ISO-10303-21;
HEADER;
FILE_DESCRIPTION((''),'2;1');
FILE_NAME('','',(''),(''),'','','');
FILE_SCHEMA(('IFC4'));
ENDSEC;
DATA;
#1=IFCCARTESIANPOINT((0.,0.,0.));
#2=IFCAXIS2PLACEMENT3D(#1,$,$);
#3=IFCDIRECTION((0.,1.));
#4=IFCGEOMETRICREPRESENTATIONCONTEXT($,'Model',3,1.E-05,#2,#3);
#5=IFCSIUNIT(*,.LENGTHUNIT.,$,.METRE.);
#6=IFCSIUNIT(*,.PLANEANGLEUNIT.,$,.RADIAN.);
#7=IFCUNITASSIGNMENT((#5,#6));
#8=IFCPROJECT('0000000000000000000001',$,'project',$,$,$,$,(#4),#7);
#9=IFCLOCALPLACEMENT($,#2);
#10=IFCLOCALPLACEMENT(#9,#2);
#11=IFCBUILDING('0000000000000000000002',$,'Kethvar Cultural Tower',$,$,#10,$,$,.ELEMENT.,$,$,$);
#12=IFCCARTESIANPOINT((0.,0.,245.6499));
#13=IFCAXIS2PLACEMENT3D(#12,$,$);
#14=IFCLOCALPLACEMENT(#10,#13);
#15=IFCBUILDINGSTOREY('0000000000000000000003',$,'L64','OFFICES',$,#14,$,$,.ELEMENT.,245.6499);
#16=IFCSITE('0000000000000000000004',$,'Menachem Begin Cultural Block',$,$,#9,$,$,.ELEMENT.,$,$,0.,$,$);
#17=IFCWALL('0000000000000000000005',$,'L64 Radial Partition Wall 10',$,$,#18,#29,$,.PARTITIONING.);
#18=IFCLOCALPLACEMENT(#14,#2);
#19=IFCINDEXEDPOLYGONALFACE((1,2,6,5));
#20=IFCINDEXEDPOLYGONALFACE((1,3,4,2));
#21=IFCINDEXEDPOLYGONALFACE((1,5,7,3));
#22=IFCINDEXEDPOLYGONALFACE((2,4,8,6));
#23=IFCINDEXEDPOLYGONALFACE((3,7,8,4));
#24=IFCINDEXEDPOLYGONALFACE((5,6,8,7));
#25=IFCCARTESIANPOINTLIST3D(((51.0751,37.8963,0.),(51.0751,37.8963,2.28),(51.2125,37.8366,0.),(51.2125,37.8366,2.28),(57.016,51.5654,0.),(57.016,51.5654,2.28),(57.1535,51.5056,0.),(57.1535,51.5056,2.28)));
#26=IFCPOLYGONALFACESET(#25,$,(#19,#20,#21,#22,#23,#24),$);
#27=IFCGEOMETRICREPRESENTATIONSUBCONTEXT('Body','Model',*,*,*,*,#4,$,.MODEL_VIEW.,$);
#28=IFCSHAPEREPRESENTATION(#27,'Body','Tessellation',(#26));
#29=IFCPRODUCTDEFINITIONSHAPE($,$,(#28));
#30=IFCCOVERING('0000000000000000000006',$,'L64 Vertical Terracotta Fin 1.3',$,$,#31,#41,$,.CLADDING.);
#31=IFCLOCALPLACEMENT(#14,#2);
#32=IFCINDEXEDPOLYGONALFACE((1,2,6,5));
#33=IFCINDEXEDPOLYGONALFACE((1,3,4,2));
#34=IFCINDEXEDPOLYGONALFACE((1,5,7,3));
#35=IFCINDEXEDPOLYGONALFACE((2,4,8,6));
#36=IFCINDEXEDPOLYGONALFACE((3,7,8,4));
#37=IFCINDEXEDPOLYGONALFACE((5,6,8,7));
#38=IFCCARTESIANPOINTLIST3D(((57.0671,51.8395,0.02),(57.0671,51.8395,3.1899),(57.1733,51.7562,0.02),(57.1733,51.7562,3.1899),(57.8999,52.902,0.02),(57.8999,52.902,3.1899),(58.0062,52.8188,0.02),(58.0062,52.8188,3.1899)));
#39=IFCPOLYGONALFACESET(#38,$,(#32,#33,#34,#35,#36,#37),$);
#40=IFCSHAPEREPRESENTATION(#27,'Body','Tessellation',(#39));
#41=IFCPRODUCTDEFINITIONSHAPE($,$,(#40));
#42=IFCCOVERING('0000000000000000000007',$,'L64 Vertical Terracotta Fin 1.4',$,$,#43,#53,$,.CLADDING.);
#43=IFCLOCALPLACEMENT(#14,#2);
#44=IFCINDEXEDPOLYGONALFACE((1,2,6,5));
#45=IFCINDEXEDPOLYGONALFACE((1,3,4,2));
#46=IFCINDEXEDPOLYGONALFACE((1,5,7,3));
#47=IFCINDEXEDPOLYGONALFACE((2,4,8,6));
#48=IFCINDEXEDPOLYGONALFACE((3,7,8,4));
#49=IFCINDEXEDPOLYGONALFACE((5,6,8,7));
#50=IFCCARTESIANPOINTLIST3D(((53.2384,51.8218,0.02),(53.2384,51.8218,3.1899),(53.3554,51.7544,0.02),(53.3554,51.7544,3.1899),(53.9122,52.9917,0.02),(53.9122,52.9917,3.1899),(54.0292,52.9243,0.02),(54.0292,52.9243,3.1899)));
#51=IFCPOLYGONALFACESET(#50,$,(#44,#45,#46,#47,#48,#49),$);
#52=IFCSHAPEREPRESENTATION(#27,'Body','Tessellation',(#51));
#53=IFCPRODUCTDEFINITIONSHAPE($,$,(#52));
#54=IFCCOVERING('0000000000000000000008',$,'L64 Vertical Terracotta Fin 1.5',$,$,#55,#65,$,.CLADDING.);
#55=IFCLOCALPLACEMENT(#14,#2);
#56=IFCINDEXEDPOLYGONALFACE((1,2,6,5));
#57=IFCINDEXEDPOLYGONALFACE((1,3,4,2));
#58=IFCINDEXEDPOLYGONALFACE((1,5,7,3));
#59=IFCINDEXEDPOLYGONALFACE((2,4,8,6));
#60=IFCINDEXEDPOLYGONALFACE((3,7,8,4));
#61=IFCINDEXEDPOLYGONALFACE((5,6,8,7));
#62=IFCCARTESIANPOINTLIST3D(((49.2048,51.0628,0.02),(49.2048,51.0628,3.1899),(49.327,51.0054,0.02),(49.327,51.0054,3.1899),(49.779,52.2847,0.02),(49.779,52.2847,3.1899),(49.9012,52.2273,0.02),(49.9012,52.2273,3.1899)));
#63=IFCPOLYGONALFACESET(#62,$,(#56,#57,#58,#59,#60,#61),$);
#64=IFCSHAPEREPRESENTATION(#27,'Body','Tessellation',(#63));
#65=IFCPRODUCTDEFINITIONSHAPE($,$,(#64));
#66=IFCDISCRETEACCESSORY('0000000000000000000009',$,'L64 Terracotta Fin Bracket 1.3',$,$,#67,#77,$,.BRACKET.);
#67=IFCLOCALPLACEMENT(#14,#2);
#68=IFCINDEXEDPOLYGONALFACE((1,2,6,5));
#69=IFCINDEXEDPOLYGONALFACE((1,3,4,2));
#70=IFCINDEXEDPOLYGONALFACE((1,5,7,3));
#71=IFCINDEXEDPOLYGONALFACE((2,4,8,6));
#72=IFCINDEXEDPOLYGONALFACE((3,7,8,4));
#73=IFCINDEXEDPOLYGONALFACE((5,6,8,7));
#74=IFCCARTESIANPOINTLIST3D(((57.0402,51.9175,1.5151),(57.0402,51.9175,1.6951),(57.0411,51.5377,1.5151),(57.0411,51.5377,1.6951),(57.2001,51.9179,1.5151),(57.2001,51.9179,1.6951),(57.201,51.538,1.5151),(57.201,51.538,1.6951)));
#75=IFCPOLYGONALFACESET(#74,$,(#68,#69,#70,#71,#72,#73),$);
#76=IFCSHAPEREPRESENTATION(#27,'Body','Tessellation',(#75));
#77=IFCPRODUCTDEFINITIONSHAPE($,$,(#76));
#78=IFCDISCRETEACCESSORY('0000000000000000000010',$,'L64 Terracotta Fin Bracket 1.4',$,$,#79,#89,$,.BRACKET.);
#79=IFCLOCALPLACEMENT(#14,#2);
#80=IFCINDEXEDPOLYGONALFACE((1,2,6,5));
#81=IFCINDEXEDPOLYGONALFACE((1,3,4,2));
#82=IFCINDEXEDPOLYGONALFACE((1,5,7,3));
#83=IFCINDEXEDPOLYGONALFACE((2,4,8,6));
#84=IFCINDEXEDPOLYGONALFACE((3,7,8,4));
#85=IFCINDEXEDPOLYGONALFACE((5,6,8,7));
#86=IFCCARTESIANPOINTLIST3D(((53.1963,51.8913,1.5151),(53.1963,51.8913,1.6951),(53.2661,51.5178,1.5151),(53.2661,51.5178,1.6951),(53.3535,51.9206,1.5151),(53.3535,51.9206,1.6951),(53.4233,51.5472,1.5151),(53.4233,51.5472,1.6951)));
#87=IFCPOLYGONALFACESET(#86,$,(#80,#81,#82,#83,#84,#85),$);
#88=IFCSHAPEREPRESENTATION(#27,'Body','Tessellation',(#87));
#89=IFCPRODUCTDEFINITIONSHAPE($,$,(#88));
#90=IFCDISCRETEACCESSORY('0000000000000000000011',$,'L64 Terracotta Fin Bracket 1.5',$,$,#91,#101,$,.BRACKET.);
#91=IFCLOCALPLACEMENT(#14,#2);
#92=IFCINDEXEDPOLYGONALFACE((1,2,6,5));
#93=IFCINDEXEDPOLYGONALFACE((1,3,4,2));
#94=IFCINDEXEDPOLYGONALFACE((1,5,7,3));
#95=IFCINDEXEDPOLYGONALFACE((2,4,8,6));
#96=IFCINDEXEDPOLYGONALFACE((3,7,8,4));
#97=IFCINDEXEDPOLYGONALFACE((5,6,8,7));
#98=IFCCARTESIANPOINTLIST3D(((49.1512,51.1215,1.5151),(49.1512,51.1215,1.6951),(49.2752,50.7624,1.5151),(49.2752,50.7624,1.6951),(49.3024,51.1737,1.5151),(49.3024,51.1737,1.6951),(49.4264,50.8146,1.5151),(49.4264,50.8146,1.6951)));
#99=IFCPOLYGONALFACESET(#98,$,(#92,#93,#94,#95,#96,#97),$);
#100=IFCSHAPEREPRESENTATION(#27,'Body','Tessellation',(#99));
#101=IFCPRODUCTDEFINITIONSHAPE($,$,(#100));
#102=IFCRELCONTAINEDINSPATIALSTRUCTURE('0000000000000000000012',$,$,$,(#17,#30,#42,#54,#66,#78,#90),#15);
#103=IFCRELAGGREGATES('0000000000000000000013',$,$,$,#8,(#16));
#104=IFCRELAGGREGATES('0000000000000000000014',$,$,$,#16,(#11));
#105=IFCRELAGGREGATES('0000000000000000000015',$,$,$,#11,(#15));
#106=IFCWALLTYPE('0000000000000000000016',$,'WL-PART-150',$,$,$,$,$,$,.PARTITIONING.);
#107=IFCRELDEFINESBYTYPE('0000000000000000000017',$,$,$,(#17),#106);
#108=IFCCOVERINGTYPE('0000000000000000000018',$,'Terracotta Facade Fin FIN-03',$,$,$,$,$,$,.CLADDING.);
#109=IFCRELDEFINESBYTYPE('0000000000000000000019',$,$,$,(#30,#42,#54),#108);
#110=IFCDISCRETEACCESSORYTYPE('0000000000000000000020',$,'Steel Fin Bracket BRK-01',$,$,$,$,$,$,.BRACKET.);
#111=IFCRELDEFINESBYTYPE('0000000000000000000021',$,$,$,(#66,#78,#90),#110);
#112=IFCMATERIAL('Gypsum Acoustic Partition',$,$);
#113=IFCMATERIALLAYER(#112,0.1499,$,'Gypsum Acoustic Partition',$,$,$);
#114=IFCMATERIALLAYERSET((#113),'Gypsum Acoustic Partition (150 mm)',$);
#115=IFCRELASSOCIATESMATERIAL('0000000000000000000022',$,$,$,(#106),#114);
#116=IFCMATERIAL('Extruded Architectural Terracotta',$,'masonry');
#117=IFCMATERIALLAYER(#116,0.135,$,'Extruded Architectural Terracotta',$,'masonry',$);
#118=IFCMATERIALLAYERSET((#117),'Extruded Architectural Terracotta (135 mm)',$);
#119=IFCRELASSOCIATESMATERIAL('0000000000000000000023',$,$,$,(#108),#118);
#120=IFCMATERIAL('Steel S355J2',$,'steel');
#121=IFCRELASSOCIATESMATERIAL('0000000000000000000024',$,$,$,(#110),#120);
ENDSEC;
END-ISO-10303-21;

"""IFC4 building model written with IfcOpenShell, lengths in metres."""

from ifc_helpers import new_model, si_unit, direction, frame, frame_2d, origin, origin_2d, place, context, subcontext, project, spatial, rectangle, extrude, source, transform, mapped, material, layer, layer_set, type_object, element, save


model = new_model("IFC4")

# Units and contexts
model_context = context("Model", 3, precision=1e-05, world=origin(), true_north=direction((0.0, 1.0)))
body_context = subcontext(model_context, "Body", "Model", "MODEL_VIEW")
ifc_project = project(units=[si_unit("LENGTHUNIT", "METRE"), si_unit("PLANEANGLEUNIT", "RADIAN")], contexts=[model_context])

# Site, building, storey
site_placement = place(None, origin())
site = spatial("IfcSite", under=ifc_project, at=site_placement, Name="Menachem Begin Cultural Block", CompositionType="ELEMENT", RefElevation=0.0)
building_placement = place(site_placement, origin())
building = spatial("IfcBuilding", under=site, at=building_placement, Name="Kethvar Cultural Tower", CompositionType="ELEMENT")
storey_placement = place(building_placement, frame((0.0, 0.0, 245.6499)))
storey = spatial("IfcBuildingStorey", under=building, at=storey_placement, Name="L64", Description="OFFICES", CompositionType="ELEMENT", Elevation=245.6499)

# Shared definitions
ifc_material_1 = material(Name="Steel S355J2", Category="steel")

# Wall
ifc_material_2 = material(Name="Gypsum Acoustic Partition")
ifc_layer_1 = layer(ifc_material_2, 0.1499, Name="Gypsum Acoustic Partition")
ifc_layer_set_1 = layer_set([ifc_layer_1], Name="Gypsum Acoustic Partition (150 mm)")
wall_type = type_object("IfcWallType", Name="WL-PART-150", PredefinedType="PARTITIONING", material=ifc_layer_set_1)
wall_1_placement = place(storey_placement, frame((51.1438, 37.8665, 0.0), z_axis=(0.0, 0.0, 1.0), x_axis=(0.398608, 0.917122, 0.0)))
element("IfcWall", 1, at=wall_1_placement, inside=storey, type_object=wall_type, Name="L64 Radial Partition Wall 10", PredefinedType="PARTITIONING", context=body_context, shape_type="SweptSolid", body=[
    extrude(rectangle(XDim=14.9043, YDim=0.1499, at=frame_2d((7.4521, 0.0))), origin(), (0.0, 0.0, 1.0), 2.28),
])

# Coverings
ifc_material_3 = material(Name="Extruded Architectural Terracotta", Category="masonry")
ifc_layer_2 = layer(ifc_material_3, 0.135, Name="Extruded Architectural Terracotta", Category="masonry")
ifc_layer_set_2 = layer_set([ifc_layer_2], Name="Extruded Architectural Terracotta (135 mm)")
covering_type = type_object("IfcCoveringType", Name="Terracotta Facade Fin FIN-03", PredefinedType="CLADDING", material=ifc_layer_set_2)
shared_shape_1 = source(origin(), body_context, "Body", "SweptSolid", [
    extrude(rectangle(XDim=1.3501, YDim=0.135, at=origin_2d()), origin(), (0.0, 0.0, 1.0), 3.1699),
])
for number, where, z_axis, x_axis, name in (
    (2, (57.5366, 52.3291, 0.02), (0.0, 0.0, 1.0), (0.616899, 0.787043, 0.0), "L64 Vertical Terracotta Fin 1.3"),
    (3, (53.6338, 52.373, 0.02), (0.0, 0.0, 1.0), (0.499093, 0.866549, 0.0), "L64 Vertical Terracotta Fin 1.4"),
    (4, (49.553, 51.645, 0.02), (0.0, 0.0, 1.0), (0.425305, 0.90505, 0.0), "L64 Vertical Terracotta Fin 1.5"),
):
    element("IfcCovering", number, at=place(storey_placement, frame(where, z_axis=z_axis, x_axis=x_axis)), inside=storey, type_object=covering_type, Name=name, PredefinedType="CLADDING", context=body_context, shape_type="MappedRepresentation", body=[
        mapped(shared_shape_1, transform((0.0, 0.0, 0.0), scale=1.0)),
    ])

# Discrete accessories
discrete_accessory_type = type_object("IfcDiscreteAccessoryType", Name="Steel Fin Bracket BRK-01", PredefinedType="BRACKET", material=ifc_material_1)
shared_shape_2 = source(origin(), body_context, "Body", "SweptSolid", [
    extrude(rectangle(XDim=0.3799, YDim=0.1599, at=origin_2d()), origin(), (0.0, 0.0, 1.0), 0.1799),
])
for number, where, z_axis, x_axis, name in (
    (5, (57.1206, 51.7278, 1.5151), (0.0, 0.0, 1.0), (-0.002269, 0.999997, 0.0), "L64 Terracotta Fin Bracket 1.3"),
    (6, (53.3098, 51.7192, 1.5151), (0.0, 0.0, 1.0), (-0.183608, 0.983, 0.0), "L64 Terracotta Fin Bracket 1.4"),
    (7, (49.2888, 50.968, 1.5151), (0.0, 0.0, 1.0), (-0.326393, 0.945234, 0.0), "L64 Terracotta Fin Bracket 1.5"),
):
    element("IfcDiscreteAccessory", number, at=place(storey_placement, frame(where, z_axis=z_axis, x_axis=x_axis)), inside=storey, type_object=discrete_accessory_type, Name=name, PredefinedType="BRACKET", context=body_context, shape_type="MappedRepresentation", body=[
        mapped(shared_shape_2, transform((0.0, 0.0, 0.0), scale=1.0)),
    ])

save(model, "model.ifc")
